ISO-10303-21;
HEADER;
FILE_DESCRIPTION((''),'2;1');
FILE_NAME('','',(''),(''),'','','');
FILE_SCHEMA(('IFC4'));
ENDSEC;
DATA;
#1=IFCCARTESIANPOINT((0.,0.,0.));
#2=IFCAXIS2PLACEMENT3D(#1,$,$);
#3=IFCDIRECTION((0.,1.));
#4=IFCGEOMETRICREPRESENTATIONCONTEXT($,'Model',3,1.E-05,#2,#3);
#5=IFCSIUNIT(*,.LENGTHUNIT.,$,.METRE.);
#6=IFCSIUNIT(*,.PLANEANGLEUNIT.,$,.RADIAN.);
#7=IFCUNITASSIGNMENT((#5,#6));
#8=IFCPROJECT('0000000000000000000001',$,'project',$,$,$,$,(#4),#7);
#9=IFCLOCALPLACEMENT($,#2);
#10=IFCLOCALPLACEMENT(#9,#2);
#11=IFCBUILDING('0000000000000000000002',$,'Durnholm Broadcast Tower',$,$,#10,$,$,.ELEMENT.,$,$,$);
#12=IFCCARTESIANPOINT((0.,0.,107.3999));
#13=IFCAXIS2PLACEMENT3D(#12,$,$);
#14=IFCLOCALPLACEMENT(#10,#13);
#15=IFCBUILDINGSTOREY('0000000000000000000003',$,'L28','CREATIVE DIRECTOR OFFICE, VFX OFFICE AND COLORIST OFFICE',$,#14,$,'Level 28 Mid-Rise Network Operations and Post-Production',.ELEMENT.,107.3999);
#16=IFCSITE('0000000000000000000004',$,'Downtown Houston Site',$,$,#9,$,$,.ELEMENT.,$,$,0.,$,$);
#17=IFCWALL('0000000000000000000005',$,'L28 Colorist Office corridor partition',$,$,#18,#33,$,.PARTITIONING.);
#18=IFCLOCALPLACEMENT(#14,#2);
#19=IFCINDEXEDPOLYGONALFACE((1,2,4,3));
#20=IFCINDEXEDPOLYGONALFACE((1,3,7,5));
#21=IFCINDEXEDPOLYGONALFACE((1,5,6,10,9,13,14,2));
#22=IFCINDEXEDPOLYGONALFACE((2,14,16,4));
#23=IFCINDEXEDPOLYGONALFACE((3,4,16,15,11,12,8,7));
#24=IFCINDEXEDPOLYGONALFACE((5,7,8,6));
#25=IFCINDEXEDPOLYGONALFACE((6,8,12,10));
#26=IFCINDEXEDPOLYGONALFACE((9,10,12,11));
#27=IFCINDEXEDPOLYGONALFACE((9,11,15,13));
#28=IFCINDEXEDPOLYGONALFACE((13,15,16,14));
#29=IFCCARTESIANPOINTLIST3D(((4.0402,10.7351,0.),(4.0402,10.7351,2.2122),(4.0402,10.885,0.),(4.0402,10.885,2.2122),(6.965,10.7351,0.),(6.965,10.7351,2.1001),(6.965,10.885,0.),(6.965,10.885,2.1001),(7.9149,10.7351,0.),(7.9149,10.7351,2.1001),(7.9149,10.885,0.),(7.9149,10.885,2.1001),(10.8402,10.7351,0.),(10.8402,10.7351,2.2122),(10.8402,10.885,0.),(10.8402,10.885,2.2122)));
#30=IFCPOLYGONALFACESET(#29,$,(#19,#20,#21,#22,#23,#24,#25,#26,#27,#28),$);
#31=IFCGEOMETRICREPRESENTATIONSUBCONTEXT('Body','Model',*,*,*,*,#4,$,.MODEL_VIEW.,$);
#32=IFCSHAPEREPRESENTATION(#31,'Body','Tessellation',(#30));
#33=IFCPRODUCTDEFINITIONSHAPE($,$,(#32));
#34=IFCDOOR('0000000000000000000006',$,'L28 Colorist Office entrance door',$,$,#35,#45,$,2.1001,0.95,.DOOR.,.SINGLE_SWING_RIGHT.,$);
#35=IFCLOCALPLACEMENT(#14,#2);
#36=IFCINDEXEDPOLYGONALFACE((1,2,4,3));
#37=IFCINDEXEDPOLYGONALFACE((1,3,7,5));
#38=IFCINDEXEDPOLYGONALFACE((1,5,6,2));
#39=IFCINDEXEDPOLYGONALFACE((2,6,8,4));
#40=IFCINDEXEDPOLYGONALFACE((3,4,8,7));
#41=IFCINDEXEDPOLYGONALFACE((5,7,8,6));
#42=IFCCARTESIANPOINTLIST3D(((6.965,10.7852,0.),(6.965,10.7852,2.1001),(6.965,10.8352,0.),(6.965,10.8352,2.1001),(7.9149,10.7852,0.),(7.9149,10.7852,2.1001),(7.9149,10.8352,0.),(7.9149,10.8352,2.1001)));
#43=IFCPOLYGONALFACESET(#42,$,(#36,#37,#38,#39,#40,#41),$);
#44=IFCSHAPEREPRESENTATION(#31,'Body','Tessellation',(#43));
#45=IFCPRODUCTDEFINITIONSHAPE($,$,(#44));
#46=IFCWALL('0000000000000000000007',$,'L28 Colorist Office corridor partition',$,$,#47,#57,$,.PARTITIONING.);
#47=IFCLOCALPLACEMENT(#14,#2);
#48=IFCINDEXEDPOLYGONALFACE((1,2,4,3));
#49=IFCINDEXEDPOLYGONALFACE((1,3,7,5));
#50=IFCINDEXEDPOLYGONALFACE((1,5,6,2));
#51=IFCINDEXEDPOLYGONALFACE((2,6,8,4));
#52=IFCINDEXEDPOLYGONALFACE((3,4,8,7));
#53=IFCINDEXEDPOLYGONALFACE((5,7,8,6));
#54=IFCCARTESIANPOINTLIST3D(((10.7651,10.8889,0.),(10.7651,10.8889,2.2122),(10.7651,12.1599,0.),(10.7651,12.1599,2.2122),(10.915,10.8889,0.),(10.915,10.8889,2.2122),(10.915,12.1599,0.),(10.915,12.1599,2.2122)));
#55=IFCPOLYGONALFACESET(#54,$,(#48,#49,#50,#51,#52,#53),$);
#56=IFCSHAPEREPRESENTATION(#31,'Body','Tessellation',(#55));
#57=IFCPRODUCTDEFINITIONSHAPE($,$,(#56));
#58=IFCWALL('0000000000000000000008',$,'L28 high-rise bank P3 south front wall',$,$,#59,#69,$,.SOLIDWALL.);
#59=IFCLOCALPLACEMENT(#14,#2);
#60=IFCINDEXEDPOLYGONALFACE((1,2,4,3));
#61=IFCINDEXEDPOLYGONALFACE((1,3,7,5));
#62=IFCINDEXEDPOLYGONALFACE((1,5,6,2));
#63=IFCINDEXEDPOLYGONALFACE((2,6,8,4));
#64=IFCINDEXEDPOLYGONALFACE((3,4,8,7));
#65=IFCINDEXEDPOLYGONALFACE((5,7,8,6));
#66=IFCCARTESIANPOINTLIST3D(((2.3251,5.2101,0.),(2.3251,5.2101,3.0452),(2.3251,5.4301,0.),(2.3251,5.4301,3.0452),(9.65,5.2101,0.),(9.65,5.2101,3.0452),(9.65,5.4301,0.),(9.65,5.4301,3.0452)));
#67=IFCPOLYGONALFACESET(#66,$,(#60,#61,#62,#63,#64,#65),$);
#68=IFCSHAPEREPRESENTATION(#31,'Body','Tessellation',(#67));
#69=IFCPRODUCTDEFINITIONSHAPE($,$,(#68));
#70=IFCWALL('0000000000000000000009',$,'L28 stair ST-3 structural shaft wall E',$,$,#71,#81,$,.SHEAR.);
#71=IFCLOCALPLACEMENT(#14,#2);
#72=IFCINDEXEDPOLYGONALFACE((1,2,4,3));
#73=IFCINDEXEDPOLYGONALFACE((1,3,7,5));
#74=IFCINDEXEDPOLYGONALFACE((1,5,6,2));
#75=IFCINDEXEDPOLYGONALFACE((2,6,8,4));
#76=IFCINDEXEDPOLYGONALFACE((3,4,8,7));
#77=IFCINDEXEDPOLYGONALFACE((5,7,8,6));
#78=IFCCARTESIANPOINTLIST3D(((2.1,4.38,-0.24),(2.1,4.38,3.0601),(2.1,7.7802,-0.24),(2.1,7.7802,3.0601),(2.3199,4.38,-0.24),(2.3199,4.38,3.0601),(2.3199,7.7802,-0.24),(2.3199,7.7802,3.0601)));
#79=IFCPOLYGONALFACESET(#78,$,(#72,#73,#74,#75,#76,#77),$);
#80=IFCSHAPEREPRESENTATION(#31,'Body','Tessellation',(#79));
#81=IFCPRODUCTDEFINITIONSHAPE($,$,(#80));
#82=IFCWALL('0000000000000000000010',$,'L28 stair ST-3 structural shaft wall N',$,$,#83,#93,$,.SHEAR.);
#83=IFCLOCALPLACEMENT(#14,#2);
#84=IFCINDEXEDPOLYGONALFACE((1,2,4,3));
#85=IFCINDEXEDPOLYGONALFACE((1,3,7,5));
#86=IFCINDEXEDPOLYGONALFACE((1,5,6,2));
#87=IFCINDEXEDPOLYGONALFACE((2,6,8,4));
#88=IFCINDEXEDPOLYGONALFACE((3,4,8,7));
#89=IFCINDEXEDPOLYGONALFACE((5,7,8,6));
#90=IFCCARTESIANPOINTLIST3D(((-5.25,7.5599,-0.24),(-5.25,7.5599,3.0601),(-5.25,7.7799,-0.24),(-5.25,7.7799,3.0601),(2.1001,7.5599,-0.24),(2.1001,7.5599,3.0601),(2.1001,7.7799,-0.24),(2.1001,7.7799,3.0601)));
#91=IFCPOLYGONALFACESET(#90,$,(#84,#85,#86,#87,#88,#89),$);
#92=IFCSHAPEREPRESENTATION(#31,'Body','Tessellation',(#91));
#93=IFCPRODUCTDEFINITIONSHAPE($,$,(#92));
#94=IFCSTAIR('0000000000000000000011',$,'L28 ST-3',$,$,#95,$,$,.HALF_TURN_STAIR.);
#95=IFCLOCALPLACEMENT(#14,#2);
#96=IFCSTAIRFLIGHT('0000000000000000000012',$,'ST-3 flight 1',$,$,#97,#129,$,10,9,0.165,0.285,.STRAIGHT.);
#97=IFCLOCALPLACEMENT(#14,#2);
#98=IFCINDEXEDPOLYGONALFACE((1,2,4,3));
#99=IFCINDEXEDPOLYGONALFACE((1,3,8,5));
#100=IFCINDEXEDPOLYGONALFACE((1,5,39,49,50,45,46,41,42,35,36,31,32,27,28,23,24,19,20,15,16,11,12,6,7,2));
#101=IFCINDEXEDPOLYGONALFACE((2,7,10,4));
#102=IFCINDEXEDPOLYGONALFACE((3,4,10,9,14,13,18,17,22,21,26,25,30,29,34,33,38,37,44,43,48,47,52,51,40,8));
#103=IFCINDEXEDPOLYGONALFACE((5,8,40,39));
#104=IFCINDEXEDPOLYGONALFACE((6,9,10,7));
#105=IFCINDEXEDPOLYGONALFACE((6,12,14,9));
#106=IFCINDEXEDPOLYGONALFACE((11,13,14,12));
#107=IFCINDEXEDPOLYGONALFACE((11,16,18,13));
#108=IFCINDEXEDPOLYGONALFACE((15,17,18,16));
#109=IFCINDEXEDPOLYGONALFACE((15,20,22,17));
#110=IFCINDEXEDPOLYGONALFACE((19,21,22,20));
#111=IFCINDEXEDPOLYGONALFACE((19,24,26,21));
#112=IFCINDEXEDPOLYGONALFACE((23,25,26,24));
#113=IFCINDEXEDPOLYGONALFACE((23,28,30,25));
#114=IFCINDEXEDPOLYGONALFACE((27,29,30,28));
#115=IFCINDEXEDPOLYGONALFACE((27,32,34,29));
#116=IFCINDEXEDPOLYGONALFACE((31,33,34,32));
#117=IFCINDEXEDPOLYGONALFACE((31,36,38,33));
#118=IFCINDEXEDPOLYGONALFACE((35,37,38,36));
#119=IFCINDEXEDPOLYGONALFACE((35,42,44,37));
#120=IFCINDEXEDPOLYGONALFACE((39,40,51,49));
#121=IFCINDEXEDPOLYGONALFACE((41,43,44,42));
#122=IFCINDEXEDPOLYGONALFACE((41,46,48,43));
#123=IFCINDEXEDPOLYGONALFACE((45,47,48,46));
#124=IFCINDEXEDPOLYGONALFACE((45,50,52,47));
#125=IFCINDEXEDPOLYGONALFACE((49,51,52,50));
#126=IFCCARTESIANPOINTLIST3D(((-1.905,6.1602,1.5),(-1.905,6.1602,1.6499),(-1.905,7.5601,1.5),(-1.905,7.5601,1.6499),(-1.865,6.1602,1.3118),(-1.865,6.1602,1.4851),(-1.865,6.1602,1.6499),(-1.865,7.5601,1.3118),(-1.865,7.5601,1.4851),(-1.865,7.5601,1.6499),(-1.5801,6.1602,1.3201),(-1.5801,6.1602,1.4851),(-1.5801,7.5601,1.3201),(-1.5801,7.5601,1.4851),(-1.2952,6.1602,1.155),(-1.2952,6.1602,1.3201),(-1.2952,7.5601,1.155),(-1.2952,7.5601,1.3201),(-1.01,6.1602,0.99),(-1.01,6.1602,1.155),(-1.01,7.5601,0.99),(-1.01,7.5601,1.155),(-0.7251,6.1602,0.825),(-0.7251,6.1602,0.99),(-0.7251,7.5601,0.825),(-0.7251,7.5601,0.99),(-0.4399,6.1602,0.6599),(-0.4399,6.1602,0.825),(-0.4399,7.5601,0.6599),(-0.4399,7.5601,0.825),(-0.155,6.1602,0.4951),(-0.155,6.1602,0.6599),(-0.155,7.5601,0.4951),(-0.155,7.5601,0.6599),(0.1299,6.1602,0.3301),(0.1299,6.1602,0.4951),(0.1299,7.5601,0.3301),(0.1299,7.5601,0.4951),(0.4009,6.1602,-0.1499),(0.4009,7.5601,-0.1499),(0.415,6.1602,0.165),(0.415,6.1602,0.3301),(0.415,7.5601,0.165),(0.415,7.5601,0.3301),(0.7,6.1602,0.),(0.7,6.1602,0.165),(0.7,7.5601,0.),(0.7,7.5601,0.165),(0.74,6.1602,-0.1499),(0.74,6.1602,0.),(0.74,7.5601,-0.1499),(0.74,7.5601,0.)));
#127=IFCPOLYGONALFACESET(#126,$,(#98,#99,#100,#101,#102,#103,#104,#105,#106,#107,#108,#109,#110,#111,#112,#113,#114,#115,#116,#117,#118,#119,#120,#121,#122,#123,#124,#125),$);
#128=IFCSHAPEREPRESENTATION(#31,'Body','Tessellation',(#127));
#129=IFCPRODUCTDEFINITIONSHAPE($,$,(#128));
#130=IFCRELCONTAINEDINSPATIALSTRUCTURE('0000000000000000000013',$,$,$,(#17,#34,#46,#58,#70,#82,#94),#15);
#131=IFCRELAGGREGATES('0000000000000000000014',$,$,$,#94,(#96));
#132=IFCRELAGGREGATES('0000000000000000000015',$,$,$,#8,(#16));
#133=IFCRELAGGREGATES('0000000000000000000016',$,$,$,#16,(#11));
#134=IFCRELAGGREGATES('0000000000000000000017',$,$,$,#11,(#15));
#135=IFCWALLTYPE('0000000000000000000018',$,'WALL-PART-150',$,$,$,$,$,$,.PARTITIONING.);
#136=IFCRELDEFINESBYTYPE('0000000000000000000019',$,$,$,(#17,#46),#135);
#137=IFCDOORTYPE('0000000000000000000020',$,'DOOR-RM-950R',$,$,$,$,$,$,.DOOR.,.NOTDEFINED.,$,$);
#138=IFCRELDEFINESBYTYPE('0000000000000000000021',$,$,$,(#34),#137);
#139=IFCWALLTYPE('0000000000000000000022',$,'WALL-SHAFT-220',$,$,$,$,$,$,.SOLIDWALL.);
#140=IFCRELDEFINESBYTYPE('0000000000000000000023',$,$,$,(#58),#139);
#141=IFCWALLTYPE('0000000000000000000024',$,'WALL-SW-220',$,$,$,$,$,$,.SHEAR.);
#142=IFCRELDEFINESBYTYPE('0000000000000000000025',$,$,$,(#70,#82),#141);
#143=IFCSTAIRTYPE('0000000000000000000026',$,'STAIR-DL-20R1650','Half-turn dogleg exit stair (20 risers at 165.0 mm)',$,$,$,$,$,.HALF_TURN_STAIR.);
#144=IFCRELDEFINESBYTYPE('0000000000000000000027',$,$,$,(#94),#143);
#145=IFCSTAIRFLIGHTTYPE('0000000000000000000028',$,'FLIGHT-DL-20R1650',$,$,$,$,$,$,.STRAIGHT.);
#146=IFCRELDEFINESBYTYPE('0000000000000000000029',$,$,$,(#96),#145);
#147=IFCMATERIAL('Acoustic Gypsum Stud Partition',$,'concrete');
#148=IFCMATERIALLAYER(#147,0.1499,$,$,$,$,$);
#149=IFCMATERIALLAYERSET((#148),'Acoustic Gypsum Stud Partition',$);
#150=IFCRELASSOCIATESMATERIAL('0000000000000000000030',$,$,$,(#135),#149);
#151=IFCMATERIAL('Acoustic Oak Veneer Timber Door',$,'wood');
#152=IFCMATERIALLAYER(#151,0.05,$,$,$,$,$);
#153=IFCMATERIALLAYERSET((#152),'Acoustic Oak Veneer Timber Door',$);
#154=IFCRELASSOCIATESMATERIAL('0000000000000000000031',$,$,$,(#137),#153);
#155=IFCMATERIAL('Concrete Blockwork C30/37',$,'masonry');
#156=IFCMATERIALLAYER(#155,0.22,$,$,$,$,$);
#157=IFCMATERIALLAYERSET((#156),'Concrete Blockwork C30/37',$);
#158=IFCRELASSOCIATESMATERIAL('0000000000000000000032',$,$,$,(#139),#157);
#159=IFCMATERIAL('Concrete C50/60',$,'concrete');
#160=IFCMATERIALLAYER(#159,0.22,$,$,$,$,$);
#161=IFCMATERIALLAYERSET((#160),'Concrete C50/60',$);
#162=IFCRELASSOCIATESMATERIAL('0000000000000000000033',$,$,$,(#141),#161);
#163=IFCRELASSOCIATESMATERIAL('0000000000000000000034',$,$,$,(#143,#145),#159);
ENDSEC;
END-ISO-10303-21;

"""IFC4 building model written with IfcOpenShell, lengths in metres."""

from ifc_helpers import new_model, si_unit, direction, frame, frame_2d, origin, place, context, subcontext, project, spatial, polyline, rectangle, outline, extrude, source, transform, mapped, material, layer, layer_set, type_object, type_shapes, element, fill, aggregate, save


model = new_model("IFC4")

# Units and contexts
model_context = context("Model", 3, precision=1e-05, world=origin(), true_north=direction((0.0, 1.0)))
body_context = subcontext(model_context, "Body", "Model", "MODEL_VIEW")
ifc_project = project(units=[si_unit("LENGTHUNIT", "METRE"), si_unit("PLANEANGLEUNIT", "RADIAN")], contexts=[model_context])

# Site, building, storey
site_placement = place(None, origin())
site = spatial("IfcSite", under=ifc_project, at=site_placement, Name="Downtown Houston Site", CompositionType="ELEMENT", RefElevation=0.0)
building_placement = place(site_placement, origin())
building = spatial("IfcBuilding", under=site, at=building_placement, Name="Durnholm Broadcast Tower", CompositionType="ELEMENT")
storey_placement = place(building_placement, frame((0.0, 0.0, 107.3999)))
storey = spatial("IfcBuildingStorey", under=building, at=storey_placement, Name="L28", Description="CREATIVE DIRECTOR OFFICE, VFX OFFICE AND COLORIST OFFICE", LongName="Level 28 Mid-Rise Network Operations and Post-Production", CompositionType="ELEMENT", Elevation=107.3999)

# Wall, opening, door
ifc_material_1 = material(Name="Acoustic Gypsum Stud Partition", Category="concrete")
ifc_layer_1 = layer(ifc_material_1, 0.1499)
ifc_layer_set_1 = layer_set([ifc_layer_1], Name="Acoustic Gypsum Stud Partition")
wall_type_1 = type_object("IfcWallType", Name="WALL-PART-150", PredefinedType="PARTITIONING", material=ifc_layer_set_1)
ifc_material_2 = material(Name="Acoustic Oak Veneer Timber Door", Category="wood")
wall_1_placement = place(storey_placement, frame((10.8401, 10.8101, 0.0), z_axis=(0.0, 0.0, 1.0), x_axis=(-1.0, 0.0, 0.0)))
wall_1 = element("IfcWall", 1, at=wall_1_placement, inside=storey, type_object=wall_type_1, Name="L28 Colorist Office corridor partition", PredefinedType="PARTITIONING", context=body_context, shape_type="SweptSolid", body=[
    extrude(rectangle(XDim=6.8, YDim=0.1499, at=frame_2d((3.3999, 0.0))), origin(), (0.0, 0.0, 1.0), 2.2122),
])
opening_1_placement = place(wall_1_placement, frame((2.925, 0.0, 0.0)))
opening_1 = element("IfcOpeningElement", 2, at=opening_1_placement, cuts=wall_1, PredefinedType="OPENING", context=body_context, shape_type="SweptSolid", body=[
    extrude(rectangle(XDim=0.95, YDim=2.1001, at=frame_2d((0.4751, 1.05))), frame((0.0, 0.085, 0.0), z_axis=(0.0, -1.0, 0.0), x_axis=(1.0, 0.0, 0.0)), (0.0, 0.0, 1.0), 0.1699),
])
ifc_layer_2 = layer(ifc_material_2, 0.05)
ifc_layer_set_2 = layer_set([ifc_layer_2], Name="Acoustic Oak Veneer Timber Door")
door_type_1 = type_object("IfcDoorType", Name="DOOR-RM-950R", OperationType="NOTDEFINED", PredefinedType="DOOR", material=ifc_layer_set_2)
shared_shape_1 = source(origin(), body_context, "Body", "SweptSolid", [
    extrude(rectangle(XDim=0.95, YDim=2.1001, at=frame_2d((0.4751, 1.05))), frame((0.0, 0.0249, 0.0), z_axis=(0.0, -1.0, 0.0), x_axis=(1.0, 0.0, 0.0)), (0.0, 0.0, 1.0), 0.05),
])
type_shapes(door_type_1, [shared_shape_1])
door_1_placement = place(opening_1_placement, origin())
door_1 = element("IfcDoor", 3, at=door_1_placement, inside=storey, type_object=door_type_1, Name="L28 Colorist Office entrance door", OperationType="SINGLE_SWING_RIGHT", OverallHeight=2.1001, OverallWidth=0.95, PredefinedType="DOOR", context=body_context, shape_type="MappedRepresentation", body=[
    mapped(shared_shape_1, transform((0.0, 0.0, 0.0), x_axis=(1.0, 0.0, 0.0), y_axis=(0.0, 1.0, 0.0), z_axis=(0.0, 0.0, 1.0), scale=1.0)),
])
fill(opening_1, door_1)

# Wall
wall_2_placement = place(storey_placement, frame((10.8401, 12.1599, 0.0), z_axis=(0.0, 0.0, 1.0), x_axis=(0.0, -1.0, 0.0)))
element("IfcWall", 4, at=wall_2_placement, inside=storey, type_object=wall_type_1, Name="L28 Colorist Office corridor partition", PredefinedType="PARTITIONING", context=body_context, shape_type="SweptSolid", body=[
    extrude(rectangle(XDim=1.271, YDim=0.1499, at=frame_2d((0.6355, 0.0))), origin(), (0.0, 0.0, 1.0), 2.2122),
])

# Shared definitions
ifc_material_3 = material(Name="Concrete Blockwork C30/37", Category="masonry")
ifc_layer_3 = layer(ifc_material_3, 0.22)
ifc_layer_set_3 = layer_set([ifc_layer_3], Name="Concrete Blockwork C30/37")
wall_type_2 = type_object("IfcWallType", Name="WALL-SHAFT-220", PredefinedType="SOLIDWALL", material=ifc_layer_set_3)

# Walls
wall_3_placement = place(storey_placement, frame((2.325, 5.3201, 0.0), z_axis=(0.0, 0.0, 1.0), x_axis=(1.0, 0.0, 0.0)))
element("IfcWall", 5, at=wall_3_placement, inside=storey, type_object=wall_type_2, Name="L28 high-rise bank P3 south front wall", PredefinedType="SOLIDWALL", context=body_context, shape_type="SweptSolid", body=[
    extrude(rectangle(XDim=7.325, YDim=0.22, at=frame_2d((3.6626, 0.0))), origin(), (0.0, 0.0, 1.0), 3.0452),
])
ifc_material_4 = material(Name="Concrete C50/60", Category="concrete")
ifc_layer_4 = layer(ifc_material_4, 0.22)
ifc_layer_set_4 = layer_set([ifc_layer_4], Name="Concrete C50/60")
wall_type_3 = type_object("IfcWallType", Name="WALL-SW-220", PredefinedType="SHEAR", material=ifc_layer_set_4)
wall_4_placement = place(storey_placement, frame((2.21, 4.3799, -0.24), z_axis=(0.0, 0.0, 1.0), x_axis=(0.0, 1.0, 0.0)))
element("IfcWall", 6, at=wall_4_placement, inside=storey, type_object=wall_type_3, Name="L28 stair ST-3 structural shaft wall E", PredefinedType="SHEAR", context=body_context, shape_type="SweptSolid", body=[
    extrude(rectangle(XDim=3.4001, YDim=0.22, at=frame_2d((1.7002, 0.0))), origin(), (0.0, 0.0, 1.0), 3.3),
])
wall_5_placement = place(storey_placement, frame((2.1001, 7.6699, -0.24), z_axis=(0.0, 0.0, 1.0), x_axis=(-1.0, 0.0, 0.0)))
element("IfcWall", 7, at=wall_5_placement, inside=storey, type_object=wall_type_3, Name="L28 stair ST-3 structural shaft wall N", PredefinedType="SHEAR", context=body_context, shape_type="SweptSolid", body=[
    extrude(rectangle(XDim=7.3501, YDim=0.22, at=frame_2d((3.675, 0.0))), origin(), (0.0, 0.0, 1.0), 3.3),
])

# Stair, stair flight
stair_type = type_object("IfcStairType", Name="STAIR-DL-20R1650", Description="Half-turn dogleg exit stair (20 risers at 165.0 mm)", PredefinedType="HALF_TURN_STAIR", material=ifc_material_4)
stair_placement = place(storey_placement, origin())
stair = element("IfcStair", 8, at=stair_placement, inside=storey, type_object=stair_type, Name="L28 ST-3", PredefinedType="HALF_TURN_STAIR")
stair_flight_type = type_object("IfcStairFlightType", Name="FLIGHT-DL-20R1650", PredefinedType="STRAIGHT", material=ifc_material_4)
stair_flight_placement = place(storey_placement, frame((0.7, 6.8601, 0.0), z_axis=(0.0, 0.0, 1.0), x_axis=(-1.0, 0.0, 0.0)))
stair_flight = element("IfcStairFlight", 9, at=stair_flight_placement, type_object=stair_flight_type, Name="ST-3 flight 1", NumberOfRisers=10, NumberOfTreads=9, PredefinedType="STRAIGHT", RiserHeight=0.165, TreadLength=0.285, context=body_context, shape_type="SweptSolid", body=[
    extrude(outline(polyline([(-0.04, -0.1499), (-0.04, 0.0), (0.0, 0.0), (0.0, 0.165), (0.2849, 0.165), (0.2849, 0.3301), (0.5701, 0.3301), (0.5701, 0.4951), (0.855, 0.4951), (0.855, 0.6599), (1.1399, 0.6599), (1.1399, 0.825), (1.425, 0.825), (1.425, 0.99), (1.71, 0.99), (1.71, 1.155), (1.9951, 1.155), (1.9951, 1.3201), (2.28, 1.3201), (2.28, 1.4851), (2.5649, 1.4851), (2.5649, 1.6499), (2.605, 1.6499), (2.605, 1.5), (2.5649, 1.3118), (0.2991, -0.1499), (-0.04, -0.1499)])), frame((0.0, 0.7, 0.0), z_axis=(0.0, -1.0, 0.0), x_axis=(1.0, 0.0, 0.0)), (0.0, 0.0, 1.0), 1.3999),
])
aggregate(stair, [stair_flight])

save(model, "model.ifc")
